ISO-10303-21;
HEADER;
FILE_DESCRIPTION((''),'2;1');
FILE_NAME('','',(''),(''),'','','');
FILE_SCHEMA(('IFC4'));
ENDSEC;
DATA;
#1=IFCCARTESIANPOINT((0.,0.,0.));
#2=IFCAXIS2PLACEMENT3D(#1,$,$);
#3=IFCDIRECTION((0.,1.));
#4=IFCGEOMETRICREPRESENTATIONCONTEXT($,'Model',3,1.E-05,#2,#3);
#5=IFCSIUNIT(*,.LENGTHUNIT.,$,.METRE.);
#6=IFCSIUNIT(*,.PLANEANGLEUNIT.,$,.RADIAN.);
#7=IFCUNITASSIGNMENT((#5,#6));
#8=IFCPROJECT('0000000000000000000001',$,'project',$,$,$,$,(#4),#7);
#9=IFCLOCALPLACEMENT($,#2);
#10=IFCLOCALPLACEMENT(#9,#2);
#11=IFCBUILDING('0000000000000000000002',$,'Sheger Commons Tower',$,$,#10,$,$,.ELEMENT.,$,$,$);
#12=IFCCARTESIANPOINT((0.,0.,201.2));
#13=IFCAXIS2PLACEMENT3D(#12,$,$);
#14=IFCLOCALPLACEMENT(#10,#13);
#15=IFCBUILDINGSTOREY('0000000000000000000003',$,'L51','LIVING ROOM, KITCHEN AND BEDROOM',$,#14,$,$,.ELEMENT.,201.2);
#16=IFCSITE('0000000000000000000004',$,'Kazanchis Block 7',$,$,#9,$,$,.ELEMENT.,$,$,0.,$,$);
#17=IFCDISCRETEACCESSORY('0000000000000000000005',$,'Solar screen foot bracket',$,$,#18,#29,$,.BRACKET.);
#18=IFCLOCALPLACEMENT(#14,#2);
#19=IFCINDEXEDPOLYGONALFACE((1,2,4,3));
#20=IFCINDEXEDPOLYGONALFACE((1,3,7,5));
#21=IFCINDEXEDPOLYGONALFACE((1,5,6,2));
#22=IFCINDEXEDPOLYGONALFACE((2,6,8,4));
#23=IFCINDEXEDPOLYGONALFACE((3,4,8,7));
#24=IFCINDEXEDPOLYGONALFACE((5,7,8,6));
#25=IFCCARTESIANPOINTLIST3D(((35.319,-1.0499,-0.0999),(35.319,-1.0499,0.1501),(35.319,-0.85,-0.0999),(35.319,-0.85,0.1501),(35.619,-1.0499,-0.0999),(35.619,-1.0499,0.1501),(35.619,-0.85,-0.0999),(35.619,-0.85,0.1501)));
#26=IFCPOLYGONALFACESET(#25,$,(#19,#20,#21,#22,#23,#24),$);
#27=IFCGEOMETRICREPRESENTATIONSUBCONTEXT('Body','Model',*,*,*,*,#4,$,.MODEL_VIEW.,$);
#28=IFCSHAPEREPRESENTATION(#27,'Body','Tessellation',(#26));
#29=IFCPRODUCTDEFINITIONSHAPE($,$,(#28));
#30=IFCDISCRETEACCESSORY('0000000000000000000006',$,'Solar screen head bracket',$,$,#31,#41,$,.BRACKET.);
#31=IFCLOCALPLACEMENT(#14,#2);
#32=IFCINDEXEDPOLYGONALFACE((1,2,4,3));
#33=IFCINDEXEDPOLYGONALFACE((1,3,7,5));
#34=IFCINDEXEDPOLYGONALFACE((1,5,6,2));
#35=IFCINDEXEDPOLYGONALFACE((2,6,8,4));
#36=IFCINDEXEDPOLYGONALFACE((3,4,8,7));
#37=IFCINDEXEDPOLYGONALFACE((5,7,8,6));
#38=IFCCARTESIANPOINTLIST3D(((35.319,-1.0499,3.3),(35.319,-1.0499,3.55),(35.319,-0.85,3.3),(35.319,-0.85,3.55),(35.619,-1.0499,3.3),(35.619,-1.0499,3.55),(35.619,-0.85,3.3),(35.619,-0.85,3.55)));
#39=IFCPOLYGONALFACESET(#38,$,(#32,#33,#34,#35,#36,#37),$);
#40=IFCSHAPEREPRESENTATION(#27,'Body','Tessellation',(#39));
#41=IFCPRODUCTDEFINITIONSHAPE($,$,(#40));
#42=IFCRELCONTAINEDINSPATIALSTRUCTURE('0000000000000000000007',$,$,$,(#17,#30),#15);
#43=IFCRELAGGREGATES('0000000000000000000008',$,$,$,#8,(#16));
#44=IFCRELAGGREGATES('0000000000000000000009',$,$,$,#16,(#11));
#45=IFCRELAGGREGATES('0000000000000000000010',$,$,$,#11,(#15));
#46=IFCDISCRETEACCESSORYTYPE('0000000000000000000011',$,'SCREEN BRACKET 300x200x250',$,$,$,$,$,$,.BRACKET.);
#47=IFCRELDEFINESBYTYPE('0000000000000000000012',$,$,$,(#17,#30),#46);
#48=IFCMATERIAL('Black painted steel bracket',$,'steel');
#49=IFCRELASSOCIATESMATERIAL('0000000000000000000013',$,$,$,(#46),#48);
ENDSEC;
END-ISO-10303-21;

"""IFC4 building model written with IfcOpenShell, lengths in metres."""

from ifc_helpers import new_model, si_unit, direction, frame, origin, origin_2d, place, context, subcontext, project, spatial, rectangle, extrude, material, type_object, element, save


model = new_model("IFC4")

# Units and contexts
model_context = context("Model", 3, precision=1e-05, world=origin(), true_north=direction((0.0, 1.0)))
body_context = subcontext(model_context, "Body", "Model", "MODEL_VIEW")
ifc_project = project(units=[si_unit("LENGTHUNIT", "METRE"), si_unit("PLANEANGLEUNIT", "RADIAN")], contexts=[model_context])

# Site, building, storey
site_placement = place(None, origin())
site = spatial("IfcSite", under=ifc_project, at=site_placement, Name="Kazanchis Block 7", CompositionType="ELEMENT", RefElevation=0.0)
building_placement = place(site_placement, origin())
building = spatial("IfcBuilding", under=site, at=building_placement, Name="Sheger Commons Tower", CompositionType="ELEMENT")
storey_placement = place(building_placement, frame((0.0, 0.0, 201.2)))
storey = spatial("IfcBuildingStorey", under=building, at=storey_placement, Name="L51", Description="LIVING ROOM, KITCHEN AND BEDROOM", CompositionType="ELEMENT", Elevation=201.2)

# Discrete accessories
ifc_material_1 = material(Name="Black painted steel bracket", Category="steel")
discrete_accessory_type = type_object("IfcDiscreteAccessoryType", Name="SCREEN BRACKET 300x200x250", PredefinedType="BRACKET", material=ifc_material_1)
for number, where, z_axis, x_axis, name in (
    (1, (35.469, -0.95, -0.0999), (0.0, 0.0, 1.0), (1.0, 0.0, 0.0), "Solar screen foot bracket"),
    (2, (35.469, -0.95, 3.3), (0.0, 0.0, 1.0), (1.0, 0.0, 0.0), "Solar screen head bracket"),
):
    element("IfcDiscreteAccessory", number, at=place(storey_placement, frame(where, z_axis=z_axis, x_axis=x_axis)), inside=storey, type_object=discrete_accessory_type, Name=name, PredefinedType="BRACKET", context=body_context, shape_type="SweptSolid", body=[
        extrude(rectangle(XDim=0.3, YDim=0.2, at=origin_2d()), origin(), (0.0, 0.0, 1.0), 0.25),
    ])

save(model, "model.ifc")
